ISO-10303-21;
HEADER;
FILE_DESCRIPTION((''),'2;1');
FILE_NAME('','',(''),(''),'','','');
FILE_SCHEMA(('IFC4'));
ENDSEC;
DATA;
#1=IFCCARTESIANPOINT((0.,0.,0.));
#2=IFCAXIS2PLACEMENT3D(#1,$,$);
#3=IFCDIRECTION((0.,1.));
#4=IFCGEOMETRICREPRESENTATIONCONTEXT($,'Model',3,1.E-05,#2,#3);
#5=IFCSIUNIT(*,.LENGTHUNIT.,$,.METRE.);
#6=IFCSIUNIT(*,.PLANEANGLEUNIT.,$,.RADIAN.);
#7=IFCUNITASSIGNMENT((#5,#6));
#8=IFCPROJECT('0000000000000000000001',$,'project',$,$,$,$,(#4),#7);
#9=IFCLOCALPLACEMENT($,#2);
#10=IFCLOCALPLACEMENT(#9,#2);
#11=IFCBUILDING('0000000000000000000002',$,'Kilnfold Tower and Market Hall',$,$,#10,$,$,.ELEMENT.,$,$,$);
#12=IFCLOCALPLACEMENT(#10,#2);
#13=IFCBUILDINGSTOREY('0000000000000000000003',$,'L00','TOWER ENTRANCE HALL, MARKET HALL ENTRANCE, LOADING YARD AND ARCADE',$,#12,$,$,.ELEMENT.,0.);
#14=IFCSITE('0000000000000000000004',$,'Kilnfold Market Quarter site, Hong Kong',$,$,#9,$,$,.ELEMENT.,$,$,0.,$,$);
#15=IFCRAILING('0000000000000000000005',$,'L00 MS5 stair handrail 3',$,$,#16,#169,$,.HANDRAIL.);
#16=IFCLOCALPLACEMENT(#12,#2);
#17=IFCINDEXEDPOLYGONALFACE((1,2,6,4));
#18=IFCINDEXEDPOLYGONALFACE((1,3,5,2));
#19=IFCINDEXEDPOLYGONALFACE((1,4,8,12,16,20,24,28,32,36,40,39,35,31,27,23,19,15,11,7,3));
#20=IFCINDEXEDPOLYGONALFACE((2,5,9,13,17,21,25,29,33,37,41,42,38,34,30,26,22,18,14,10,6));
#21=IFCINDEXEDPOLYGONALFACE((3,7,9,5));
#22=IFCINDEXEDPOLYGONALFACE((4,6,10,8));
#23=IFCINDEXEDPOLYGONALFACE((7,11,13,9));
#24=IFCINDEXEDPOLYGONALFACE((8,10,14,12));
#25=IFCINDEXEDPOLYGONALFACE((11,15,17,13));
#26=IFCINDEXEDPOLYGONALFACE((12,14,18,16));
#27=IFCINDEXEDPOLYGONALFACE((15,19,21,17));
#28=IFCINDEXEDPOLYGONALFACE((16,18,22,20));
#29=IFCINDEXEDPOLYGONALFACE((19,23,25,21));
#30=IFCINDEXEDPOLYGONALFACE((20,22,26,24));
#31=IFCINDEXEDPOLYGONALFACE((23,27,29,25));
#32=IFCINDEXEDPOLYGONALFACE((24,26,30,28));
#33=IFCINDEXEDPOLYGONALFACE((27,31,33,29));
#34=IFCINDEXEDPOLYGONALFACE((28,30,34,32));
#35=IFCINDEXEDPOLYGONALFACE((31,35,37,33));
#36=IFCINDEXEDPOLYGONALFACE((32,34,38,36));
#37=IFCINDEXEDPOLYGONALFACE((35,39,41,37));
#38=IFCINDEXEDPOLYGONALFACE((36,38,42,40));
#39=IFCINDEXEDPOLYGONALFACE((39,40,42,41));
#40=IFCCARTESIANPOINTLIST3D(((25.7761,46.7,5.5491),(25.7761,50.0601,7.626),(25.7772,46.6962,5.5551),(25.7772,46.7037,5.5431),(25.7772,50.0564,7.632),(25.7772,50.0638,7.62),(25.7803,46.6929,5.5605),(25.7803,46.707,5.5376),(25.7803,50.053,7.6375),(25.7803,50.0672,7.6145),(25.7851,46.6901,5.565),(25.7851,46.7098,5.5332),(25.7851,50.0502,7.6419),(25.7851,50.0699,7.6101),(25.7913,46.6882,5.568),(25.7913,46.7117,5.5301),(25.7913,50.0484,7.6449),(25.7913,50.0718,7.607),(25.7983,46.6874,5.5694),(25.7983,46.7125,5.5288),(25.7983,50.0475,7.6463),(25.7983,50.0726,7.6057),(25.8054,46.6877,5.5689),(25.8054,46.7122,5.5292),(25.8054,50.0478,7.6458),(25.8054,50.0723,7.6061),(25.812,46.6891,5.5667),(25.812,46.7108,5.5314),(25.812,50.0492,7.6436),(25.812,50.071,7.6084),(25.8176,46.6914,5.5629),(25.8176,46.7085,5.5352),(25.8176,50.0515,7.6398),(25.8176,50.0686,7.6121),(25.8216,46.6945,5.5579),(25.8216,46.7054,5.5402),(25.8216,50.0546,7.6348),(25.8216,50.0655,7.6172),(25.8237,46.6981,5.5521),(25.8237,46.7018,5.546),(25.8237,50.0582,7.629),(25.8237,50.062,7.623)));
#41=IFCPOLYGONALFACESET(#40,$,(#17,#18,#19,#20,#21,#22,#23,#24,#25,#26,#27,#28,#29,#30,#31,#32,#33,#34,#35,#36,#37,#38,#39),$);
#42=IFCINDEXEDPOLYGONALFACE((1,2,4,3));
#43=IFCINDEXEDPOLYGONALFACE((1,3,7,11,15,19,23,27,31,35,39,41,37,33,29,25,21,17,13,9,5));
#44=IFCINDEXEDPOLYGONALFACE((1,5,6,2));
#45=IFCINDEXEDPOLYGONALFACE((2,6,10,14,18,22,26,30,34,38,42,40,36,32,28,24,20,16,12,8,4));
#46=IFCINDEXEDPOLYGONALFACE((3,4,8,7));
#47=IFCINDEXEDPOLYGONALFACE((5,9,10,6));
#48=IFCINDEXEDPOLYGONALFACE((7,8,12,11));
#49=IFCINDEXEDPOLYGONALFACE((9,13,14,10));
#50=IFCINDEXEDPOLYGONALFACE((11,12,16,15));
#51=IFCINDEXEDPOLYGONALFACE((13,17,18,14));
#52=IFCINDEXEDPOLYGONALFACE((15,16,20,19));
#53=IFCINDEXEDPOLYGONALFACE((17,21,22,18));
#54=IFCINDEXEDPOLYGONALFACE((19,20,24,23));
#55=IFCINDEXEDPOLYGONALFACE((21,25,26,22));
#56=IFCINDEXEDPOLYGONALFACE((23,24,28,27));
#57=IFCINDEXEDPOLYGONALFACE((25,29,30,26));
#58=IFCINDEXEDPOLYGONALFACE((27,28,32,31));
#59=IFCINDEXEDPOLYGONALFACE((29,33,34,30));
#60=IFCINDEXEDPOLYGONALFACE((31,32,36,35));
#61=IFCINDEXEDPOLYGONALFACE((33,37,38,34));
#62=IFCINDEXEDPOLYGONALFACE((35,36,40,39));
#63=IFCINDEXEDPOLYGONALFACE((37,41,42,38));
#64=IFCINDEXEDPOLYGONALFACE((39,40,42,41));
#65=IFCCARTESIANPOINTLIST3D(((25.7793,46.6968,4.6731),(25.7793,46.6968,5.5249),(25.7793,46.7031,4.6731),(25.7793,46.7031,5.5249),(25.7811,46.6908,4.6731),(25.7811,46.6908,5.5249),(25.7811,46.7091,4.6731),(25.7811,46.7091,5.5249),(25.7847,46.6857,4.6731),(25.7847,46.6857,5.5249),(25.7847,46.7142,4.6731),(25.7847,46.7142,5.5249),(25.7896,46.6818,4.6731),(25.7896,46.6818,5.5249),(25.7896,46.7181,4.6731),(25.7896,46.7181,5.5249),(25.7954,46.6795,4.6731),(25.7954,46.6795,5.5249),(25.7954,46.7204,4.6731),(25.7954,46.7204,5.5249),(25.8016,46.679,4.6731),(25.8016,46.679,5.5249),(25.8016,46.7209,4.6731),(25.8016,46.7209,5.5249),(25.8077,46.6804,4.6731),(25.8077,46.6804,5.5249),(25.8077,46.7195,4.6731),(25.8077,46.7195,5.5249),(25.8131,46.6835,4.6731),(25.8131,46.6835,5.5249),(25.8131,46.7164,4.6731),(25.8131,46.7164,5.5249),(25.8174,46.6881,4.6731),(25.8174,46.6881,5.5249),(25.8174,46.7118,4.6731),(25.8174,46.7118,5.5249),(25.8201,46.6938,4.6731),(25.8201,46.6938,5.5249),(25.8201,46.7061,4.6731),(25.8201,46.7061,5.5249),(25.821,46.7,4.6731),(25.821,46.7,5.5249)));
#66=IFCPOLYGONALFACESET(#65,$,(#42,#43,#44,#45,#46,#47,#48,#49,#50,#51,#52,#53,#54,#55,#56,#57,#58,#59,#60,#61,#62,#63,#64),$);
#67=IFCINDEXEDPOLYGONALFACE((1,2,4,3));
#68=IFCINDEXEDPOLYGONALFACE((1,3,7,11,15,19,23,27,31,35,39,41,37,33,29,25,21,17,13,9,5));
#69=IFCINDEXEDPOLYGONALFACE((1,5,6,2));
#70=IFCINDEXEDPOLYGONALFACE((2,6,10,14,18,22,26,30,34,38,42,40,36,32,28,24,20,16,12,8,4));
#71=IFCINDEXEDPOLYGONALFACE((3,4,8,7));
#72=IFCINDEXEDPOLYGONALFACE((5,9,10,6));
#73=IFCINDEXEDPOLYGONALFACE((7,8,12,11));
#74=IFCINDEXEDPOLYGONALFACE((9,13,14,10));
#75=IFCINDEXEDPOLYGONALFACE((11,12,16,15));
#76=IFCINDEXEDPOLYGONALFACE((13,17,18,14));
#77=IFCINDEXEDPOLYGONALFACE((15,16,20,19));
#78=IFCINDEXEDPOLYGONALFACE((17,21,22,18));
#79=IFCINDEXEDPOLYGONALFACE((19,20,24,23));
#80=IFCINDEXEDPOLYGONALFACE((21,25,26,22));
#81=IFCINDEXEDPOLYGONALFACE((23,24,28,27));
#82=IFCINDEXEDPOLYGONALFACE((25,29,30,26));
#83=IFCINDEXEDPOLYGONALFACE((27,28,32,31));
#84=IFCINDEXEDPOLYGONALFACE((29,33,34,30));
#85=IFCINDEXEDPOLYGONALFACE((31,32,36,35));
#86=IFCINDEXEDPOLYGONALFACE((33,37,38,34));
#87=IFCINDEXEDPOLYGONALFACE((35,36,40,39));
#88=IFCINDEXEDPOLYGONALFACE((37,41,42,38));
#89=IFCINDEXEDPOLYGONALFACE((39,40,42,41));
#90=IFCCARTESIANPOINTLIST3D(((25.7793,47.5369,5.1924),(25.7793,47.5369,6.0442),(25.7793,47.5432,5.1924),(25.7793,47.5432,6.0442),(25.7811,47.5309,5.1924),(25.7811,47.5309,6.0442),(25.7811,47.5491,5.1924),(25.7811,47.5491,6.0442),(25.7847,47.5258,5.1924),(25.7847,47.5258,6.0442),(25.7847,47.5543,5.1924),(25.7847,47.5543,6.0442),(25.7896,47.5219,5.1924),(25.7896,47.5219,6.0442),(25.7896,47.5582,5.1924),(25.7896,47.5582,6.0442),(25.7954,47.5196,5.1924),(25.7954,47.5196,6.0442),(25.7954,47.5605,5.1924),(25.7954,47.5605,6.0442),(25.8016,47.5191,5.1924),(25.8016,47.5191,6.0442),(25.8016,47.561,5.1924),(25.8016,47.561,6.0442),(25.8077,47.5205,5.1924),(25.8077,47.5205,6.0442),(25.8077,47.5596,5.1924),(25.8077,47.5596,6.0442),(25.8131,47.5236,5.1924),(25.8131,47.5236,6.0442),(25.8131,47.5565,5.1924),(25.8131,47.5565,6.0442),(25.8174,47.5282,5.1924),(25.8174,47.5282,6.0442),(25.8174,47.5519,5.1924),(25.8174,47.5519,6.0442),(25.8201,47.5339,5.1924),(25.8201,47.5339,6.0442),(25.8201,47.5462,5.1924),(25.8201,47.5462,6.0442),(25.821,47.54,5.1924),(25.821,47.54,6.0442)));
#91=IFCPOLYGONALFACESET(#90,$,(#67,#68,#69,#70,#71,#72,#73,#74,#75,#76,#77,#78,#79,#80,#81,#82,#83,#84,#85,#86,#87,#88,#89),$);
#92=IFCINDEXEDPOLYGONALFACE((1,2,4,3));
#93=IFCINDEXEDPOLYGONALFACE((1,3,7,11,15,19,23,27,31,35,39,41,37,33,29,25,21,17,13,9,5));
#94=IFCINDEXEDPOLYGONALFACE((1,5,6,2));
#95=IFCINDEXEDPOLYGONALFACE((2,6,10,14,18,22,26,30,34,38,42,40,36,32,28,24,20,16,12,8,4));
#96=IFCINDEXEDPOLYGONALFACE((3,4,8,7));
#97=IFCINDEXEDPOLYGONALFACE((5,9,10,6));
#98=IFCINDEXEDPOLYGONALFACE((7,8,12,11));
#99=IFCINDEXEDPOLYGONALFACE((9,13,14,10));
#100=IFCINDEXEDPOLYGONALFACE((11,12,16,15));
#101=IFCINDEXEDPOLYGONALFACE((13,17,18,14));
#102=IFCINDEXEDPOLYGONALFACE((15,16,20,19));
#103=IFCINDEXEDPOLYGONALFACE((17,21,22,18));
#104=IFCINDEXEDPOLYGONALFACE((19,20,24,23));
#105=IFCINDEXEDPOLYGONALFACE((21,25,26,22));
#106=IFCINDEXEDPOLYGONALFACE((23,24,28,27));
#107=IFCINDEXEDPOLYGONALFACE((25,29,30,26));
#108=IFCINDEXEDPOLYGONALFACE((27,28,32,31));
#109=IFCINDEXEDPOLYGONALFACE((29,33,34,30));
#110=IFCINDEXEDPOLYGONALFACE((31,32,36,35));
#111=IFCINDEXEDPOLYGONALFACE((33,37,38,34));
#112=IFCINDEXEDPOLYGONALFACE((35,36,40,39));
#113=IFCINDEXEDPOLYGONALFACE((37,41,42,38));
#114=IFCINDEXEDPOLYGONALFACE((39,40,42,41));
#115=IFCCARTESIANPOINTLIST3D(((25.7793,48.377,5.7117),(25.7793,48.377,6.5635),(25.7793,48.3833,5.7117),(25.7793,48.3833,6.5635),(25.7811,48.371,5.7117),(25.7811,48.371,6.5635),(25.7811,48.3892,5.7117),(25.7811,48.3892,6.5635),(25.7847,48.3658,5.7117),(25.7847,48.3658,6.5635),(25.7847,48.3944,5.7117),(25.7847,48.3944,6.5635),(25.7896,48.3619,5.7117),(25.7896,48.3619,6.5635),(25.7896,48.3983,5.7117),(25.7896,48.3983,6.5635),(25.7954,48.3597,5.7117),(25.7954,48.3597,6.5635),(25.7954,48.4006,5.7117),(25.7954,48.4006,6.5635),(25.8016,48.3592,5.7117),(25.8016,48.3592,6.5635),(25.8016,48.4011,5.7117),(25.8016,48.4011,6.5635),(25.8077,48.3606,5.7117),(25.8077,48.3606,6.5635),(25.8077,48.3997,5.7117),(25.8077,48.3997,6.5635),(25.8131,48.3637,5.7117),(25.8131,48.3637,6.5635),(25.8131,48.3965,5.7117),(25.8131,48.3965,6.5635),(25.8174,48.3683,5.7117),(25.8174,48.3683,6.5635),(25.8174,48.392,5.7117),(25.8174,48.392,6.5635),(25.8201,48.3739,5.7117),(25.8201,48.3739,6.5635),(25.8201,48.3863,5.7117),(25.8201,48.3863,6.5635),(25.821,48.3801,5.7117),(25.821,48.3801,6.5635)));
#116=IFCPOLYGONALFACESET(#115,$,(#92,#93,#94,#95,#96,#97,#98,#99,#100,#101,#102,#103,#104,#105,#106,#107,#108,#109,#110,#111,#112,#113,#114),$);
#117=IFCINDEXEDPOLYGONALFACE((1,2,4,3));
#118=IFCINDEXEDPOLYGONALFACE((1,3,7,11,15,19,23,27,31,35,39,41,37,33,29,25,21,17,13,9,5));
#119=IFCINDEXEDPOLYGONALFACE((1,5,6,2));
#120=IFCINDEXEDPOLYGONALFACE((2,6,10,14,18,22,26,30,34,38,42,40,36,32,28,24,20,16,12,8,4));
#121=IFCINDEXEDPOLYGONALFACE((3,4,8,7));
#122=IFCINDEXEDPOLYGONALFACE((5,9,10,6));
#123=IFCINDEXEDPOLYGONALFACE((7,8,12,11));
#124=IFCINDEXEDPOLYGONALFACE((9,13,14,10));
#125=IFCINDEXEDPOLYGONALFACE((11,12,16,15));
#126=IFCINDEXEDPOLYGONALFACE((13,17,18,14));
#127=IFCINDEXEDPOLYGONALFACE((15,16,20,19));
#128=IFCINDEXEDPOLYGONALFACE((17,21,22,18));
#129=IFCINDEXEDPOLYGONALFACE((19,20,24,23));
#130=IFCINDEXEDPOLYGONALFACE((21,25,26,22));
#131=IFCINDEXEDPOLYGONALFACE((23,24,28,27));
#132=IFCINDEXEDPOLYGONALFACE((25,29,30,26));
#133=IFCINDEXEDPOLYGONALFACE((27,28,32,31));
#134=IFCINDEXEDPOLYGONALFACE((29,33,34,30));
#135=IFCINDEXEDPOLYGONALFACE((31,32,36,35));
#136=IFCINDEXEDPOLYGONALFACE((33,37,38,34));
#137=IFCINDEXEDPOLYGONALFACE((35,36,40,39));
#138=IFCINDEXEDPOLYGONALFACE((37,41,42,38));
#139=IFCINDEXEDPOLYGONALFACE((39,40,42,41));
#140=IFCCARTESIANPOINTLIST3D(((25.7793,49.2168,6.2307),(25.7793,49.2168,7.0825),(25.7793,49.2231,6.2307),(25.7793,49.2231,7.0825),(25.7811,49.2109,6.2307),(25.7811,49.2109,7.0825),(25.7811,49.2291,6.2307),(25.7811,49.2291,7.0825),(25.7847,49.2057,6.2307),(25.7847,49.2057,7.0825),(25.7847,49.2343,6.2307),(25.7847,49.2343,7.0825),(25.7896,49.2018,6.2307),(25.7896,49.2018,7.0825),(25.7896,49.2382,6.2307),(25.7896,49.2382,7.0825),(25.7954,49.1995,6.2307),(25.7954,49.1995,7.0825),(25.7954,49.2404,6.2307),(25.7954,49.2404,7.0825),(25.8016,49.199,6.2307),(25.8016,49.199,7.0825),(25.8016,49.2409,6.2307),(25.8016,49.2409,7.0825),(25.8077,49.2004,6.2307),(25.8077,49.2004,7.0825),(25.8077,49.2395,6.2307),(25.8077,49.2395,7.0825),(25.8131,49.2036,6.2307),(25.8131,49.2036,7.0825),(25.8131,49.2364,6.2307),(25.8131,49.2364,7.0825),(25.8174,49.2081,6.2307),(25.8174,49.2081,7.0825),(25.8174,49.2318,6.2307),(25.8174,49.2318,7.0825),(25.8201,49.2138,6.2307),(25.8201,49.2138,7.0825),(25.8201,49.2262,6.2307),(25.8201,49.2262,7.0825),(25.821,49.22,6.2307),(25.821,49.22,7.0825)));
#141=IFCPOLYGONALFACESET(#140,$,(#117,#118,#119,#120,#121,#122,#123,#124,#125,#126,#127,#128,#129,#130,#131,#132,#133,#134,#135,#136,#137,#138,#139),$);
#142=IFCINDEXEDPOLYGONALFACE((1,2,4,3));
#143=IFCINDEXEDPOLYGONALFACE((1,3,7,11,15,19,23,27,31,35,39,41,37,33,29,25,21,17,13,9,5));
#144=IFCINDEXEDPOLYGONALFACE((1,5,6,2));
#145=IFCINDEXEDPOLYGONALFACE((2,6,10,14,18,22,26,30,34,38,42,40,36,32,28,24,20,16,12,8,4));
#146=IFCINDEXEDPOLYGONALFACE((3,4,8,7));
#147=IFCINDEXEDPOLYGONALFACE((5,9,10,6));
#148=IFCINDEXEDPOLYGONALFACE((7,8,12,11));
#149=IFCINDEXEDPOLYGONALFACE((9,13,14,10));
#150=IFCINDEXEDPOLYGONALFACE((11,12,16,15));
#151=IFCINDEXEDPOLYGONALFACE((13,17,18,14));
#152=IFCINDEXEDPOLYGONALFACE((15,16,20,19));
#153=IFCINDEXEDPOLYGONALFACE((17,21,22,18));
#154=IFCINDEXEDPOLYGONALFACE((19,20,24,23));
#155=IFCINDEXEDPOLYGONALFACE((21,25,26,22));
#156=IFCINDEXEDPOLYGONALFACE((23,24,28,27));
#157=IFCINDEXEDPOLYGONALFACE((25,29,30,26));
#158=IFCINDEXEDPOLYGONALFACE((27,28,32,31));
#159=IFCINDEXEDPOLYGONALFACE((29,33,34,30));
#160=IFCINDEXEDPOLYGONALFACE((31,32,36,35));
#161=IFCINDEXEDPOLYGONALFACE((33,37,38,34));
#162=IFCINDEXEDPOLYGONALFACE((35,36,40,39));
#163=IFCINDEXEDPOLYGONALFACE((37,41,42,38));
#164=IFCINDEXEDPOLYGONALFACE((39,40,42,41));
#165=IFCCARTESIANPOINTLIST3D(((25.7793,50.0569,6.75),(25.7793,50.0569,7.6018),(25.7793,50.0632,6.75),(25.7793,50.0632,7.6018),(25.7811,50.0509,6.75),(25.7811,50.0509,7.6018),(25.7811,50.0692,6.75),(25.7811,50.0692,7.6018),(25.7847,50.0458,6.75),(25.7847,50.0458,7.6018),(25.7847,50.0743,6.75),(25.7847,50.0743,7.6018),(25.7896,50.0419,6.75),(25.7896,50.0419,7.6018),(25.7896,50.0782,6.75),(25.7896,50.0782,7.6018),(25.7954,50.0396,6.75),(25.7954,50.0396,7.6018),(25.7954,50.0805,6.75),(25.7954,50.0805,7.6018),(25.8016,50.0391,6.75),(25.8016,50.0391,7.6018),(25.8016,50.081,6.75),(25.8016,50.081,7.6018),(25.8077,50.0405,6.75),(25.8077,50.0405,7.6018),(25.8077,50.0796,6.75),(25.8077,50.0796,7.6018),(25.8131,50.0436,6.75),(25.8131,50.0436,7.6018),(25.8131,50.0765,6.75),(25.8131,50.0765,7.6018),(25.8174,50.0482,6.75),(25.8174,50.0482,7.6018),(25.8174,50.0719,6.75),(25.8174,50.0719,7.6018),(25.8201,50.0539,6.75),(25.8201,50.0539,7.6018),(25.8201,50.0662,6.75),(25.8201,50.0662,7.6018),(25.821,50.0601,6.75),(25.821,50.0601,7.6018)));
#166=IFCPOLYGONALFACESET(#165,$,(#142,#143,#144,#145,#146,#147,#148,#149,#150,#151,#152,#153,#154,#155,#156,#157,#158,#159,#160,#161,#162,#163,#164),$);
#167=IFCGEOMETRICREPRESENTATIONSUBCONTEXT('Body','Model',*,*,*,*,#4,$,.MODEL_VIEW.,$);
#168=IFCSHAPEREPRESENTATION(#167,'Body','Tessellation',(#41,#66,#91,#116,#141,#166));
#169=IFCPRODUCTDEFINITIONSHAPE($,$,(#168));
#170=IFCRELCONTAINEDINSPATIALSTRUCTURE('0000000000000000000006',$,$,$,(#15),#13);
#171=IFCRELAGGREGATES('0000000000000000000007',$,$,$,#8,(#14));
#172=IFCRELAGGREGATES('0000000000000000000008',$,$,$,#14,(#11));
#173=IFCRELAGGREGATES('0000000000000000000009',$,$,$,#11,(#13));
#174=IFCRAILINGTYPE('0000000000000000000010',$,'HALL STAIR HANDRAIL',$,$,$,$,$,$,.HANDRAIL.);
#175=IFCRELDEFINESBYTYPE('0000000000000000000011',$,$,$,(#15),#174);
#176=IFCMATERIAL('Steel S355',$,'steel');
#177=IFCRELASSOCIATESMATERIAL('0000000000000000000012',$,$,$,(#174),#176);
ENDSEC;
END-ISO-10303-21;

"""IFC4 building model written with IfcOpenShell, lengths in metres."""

from ifc_helpers import new_model, si_unit, direction, frame, origin, origin_2d, place, context, subcontext, project, spatial, circle, extrude, material, type_object, element, save


model = new_model("IFC4")

# Units and contexts
model_context = context("Model", 3, precision=1e-05, world=origin(), true_north=direction((0.0, 1.0)))
body_context = subcontext(model_context, "Body", "Model", "MODEL_VIEW")
ifc_project = project(units=[si_unit("LENGTHUNIT", "METRE"), si_unit("PLANEANGLEUNIT", "RADIAN")], contexts=[model_context])

# Site, building, storey
site_placement = place(None, origin())
site = spatial("IfcSite", under=ifc_project, at=site_placement, Name="Kilnfold Market Quarter site, Hong Kong", CompositionType="ELEMENT", RefElevation=0.0)
building_placement = place(site_placement, origin())
building = spatial("IfcBuilding", under=site, at=building_placement, Name="Kilnfold Tower and Market Hall", CompositionType="ELEMENT")
storey_placement = place(building_placement, origin())
storey = spatial("IfcBuildingStorey", under=building, at=storey_placement, Name="L00", Description="TOWER ENTRANCE HALL, MARKET HALL ENTRANCE, LOADING YARD AND ARCADE", CompositionType="ELEMENT", Elevation=0.0)

# Railing
ifc_material_1 = material(Name="Steel S355", Category="steel")
railing_type_1 = type_object("IfcRailingType", Name="HALL STAIR HANDRAIL", PredefinedType="HANDRAIL", material=ifc_material_1)
railing_1_placement = place(storey_placement, frame((25.8, 46.7, 4.6731)))
element("IfcRailing", 1, at=railing_1_placement, inside=storey, type_object=railing_type_1, Name="L00 MS5 stair handrail 3", PredefinedType="HANDRAIL", context=body_context, shape_type="SweptSolid", body=[
    extrude(circle(Radius=0.0239, at=origin_2d()), frame((0.0, 0.0, 0.876), z_axis=(0.0, 0.850623, 0.525776), x_axis=(-1.0, 0.0, 0.0)), (0.0, 0.0, 1.0), 3.9502),
    extrude(circle(Radius=0.021, at=origin_2d()), origin(), (0.0, 0.0, 1.0), 0.8518),
    extrude(circle(Radius=0.021, at=origin_2d()), frame((0.0, 0.8401, 0.5193)), (0.0, 0.0, 1.0), 0.8518),
    extrude(circle(Radius=0.021, at=origin_2d()), frame((0.0, 1.6802, 1.0386)), (0.0, 0.0, 1.0), 0.8518),
    extrude(circle(Radius=0.021, at=origin_2d()), frame((0.0, 2.52, 1.5576)), (0.0, 0.0, 1.0), 0.8518),
    extrude(circle(Radius=0.021, at=origin_2d()), frame((0.0, 3.3601, 2.0769)), (0.0, 0.0, 1.0), 0.8518),
])

save(model, "model.ifc")
